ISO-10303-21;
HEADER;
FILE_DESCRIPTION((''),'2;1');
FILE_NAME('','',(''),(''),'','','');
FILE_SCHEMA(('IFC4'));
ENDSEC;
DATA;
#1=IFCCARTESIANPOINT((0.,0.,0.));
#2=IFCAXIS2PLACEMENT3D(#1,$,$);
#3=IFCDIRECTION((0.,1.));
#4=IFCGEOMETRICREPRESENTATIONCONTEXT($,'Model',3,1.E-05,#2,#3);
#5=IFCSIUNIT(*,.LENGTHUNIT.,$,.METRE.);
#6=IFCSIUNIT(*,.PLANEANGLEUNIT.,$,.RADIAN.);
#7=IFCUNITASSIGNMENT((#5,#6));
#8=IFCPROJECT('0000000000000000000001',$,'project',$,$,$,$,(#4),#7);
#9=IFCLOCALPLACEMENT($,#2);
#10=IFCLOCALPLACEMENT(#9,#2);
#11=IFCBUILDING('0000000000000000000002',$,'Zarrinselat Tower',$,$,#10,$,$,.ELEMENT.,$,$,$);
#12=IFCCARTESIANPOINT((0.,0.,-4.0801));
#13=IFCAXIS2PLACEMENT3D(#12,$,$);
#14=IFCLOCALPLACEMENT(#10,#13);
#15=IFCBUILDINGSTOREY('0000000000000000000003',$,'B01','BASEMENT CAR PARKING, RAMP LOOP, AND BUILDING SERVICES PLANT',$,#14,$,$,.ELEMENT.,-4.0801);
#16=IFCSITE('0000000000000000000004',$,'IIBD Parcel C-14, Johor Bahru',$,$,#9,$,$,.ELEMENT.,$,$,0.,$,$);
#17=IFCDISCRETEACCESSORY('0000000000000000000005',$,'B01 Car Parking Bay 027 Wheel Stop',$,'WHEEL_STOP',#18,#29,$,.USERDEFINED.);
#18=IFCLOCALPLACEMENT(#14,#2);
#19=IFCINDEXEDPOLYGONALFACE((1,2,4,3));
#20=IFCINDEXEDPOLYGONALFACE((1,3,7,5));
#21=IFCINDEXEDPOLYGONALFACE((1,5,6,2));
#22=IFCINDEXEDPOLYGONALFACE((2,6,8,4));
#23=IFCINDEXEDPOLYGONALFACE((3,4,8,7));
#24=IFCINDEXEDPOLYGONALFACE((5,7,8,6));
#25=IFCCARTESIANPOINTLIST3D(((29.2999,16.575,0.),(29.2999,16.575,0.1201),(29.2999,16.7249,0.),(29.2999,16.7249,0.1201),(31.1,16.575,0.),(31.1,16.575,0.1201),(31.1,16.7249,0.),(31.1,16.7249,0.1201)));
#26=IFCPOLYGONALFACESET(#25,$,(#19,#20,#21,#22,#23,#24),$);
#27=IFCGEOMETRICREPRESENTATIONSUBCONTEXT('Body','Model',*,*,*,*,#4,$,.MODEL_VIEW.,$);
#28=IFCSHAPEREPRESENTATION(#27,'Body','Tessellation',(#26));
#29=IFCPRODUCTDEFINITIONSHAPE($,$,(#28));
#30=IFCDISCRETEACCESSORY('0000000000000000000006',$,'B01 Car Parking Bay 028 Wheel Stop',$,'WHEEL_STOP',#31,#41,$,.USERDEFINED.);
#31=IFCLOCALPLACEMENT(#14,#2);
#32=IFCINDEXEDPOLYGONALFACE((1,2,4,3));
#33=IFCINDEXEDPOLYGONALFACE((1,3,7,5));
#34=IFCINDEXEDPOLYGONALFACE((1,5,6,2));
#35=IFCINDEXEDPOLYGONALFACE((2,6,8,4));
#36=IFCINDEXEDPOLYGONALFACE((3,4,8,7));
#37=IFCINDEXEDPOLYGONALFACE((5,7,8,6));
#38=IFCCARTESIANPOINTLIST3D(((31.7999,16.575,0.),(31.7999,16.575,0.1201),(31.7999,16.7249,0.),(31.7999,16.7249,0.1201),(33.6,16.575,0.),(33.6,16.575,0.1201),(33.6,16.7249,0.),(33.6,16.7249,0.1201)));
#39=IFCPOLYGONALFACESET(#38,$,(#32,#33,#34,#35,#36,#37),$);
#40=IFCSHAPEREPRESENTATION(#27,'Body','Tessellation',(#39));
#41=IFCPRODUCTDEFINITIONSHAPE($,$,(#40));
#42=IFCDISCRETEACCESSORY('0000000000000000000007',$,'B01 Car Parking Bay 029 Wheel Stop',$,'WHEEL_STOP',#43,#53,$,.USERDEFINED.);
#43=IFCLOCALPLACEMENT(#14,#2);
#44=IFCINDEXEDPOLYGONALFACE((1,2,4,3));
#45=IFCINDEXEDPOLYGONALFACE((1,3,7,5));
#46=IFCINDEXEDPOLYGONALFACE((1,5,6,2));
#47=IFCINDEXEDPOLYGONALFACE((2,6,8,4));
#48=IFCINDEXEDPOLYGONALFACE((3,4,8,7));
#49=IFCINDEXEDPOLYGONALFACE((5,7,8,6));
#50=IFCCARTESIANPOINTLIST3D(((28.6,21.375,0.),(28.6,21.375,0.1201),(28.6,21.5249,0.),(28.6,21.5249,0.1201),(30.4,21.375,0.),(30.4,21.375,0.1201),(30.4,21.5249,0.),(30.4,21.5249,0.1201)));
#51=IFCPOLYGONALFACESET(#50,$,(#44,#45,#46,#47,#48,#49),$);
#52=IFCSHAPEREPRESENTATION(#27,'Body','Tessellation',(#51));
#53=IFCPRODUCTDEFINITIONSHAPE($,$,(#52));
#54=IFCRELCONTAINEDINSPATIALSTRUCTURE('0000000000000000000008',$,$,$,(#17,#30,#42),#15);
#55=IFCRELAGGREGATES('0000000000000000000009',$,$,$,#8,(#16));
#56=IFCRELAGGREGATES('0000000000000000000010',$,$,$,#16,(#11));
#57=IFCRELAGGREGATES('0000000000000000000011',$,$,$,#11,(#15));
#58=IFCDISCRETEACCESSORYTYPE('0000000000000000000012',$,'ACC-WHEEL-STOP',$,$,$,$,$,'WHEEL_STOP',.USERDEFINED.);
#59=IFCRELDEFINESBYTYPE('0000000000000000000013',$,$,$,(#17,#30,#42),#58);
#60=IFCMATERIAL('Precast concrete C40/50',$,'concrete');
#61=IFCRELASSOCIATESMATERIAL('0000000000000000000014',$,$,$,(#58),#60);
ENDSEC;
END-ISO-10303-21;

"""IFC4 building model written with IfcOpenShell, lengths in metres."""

from ifc_helpers import new_model, si_unit, direction, frame, origin, origin_2d, place, context, subcontext, project, spatial, rectangle, extrude, material, type_object, element, save


model = new_model("IFC4")

# Units and contexts
model_context = context("Model", 3, precision=1e-05, world=origin(), true_north=direction((0.0, 1.0)))
body_context = subcontext(model_context, "Body", "Model", "MODEL_VIEW")
ifc_project = project(units=[si_unit("LENGTHUNIT", "METRE"), si_unit("PLANEANGLEUNIT", "RADIAN")], contexts=[model_context])

# Site, building, storey
site_placement = place(None, origin())
site = spatial("IfcSite", under=ifc_project, at=site_placement, Name="IIBD Parcel C-14, Johor Bahru", CompositionType="ELEMENT", RefElevation=0.0)
building_placement = place(site_placement, origin())
building = spatial("IfcBuilding", under=site, at=building_placement, Name="Zarrinselat Tower", CompositionType="ELEMENT")
storey_placement = place(building_placement, frame((0.0, 0.0, -4.0801)))
storey = spatial("IfcBuildingStorey", under=building, at=storey_placement, Name="B01", Description="BASEMENT CAR PARKING, RAMP LOOP, AND BUILDING SERVICES PLANT", CompositionType="ELEMENT", Elevation=-4.0801)

# Discrete accessories
ifc_material_1 = material(Name="Precast concrete C40/50", Category="concrete")
discrete_accessory_type = type_object("IfcDiscreteAccessoryType", Name="ACC-WHEEL-STOP", ElementType="WHEEL_STOP", PredefinedType="USERDEFINED", material=ifc_material_1)
for number, where, z_axis, x_axis, name in (
    (1, (30.2, 16.6499, 0.0), (0.0, 0.0, 1.0), (1.0, 0.0, 0.0), "B01 Car Parking Bay 027 Wheel Stop"),
    (2, (32.7, 16.6499, 0.0), (0.0, 0.0, 1.0), (1.0, 0.0, 0.0), "B01 Car Parking Bay 028 Wheel Stop"),
    (3, (29.5, 21.45, 0.0), (0.0, 0.0, 1.0), (1.0, 0.0, 0.0), "B01 Car Parking Bay 029 Wheel Stop"),
):
    element("IfcDiscreteAccessory", number, at=place(storey_placement, frame(where, z_axis=z_axis, x_axis=x_axis)), inside=storey, type_object=discrete_accessory_type, Name=name, ObjectType="WHEEL_STOP", PredefinedType="USERDEFINED", context=body_context, shape_type="SweptSolid", body=[
        extrude(rectangle(XDim=1.8, YDim=0.1499, at=origin_2d()), origin(), (0.0, 0.0, 1.0), 0.1201),
    ])

save(model, "model.ifc")
